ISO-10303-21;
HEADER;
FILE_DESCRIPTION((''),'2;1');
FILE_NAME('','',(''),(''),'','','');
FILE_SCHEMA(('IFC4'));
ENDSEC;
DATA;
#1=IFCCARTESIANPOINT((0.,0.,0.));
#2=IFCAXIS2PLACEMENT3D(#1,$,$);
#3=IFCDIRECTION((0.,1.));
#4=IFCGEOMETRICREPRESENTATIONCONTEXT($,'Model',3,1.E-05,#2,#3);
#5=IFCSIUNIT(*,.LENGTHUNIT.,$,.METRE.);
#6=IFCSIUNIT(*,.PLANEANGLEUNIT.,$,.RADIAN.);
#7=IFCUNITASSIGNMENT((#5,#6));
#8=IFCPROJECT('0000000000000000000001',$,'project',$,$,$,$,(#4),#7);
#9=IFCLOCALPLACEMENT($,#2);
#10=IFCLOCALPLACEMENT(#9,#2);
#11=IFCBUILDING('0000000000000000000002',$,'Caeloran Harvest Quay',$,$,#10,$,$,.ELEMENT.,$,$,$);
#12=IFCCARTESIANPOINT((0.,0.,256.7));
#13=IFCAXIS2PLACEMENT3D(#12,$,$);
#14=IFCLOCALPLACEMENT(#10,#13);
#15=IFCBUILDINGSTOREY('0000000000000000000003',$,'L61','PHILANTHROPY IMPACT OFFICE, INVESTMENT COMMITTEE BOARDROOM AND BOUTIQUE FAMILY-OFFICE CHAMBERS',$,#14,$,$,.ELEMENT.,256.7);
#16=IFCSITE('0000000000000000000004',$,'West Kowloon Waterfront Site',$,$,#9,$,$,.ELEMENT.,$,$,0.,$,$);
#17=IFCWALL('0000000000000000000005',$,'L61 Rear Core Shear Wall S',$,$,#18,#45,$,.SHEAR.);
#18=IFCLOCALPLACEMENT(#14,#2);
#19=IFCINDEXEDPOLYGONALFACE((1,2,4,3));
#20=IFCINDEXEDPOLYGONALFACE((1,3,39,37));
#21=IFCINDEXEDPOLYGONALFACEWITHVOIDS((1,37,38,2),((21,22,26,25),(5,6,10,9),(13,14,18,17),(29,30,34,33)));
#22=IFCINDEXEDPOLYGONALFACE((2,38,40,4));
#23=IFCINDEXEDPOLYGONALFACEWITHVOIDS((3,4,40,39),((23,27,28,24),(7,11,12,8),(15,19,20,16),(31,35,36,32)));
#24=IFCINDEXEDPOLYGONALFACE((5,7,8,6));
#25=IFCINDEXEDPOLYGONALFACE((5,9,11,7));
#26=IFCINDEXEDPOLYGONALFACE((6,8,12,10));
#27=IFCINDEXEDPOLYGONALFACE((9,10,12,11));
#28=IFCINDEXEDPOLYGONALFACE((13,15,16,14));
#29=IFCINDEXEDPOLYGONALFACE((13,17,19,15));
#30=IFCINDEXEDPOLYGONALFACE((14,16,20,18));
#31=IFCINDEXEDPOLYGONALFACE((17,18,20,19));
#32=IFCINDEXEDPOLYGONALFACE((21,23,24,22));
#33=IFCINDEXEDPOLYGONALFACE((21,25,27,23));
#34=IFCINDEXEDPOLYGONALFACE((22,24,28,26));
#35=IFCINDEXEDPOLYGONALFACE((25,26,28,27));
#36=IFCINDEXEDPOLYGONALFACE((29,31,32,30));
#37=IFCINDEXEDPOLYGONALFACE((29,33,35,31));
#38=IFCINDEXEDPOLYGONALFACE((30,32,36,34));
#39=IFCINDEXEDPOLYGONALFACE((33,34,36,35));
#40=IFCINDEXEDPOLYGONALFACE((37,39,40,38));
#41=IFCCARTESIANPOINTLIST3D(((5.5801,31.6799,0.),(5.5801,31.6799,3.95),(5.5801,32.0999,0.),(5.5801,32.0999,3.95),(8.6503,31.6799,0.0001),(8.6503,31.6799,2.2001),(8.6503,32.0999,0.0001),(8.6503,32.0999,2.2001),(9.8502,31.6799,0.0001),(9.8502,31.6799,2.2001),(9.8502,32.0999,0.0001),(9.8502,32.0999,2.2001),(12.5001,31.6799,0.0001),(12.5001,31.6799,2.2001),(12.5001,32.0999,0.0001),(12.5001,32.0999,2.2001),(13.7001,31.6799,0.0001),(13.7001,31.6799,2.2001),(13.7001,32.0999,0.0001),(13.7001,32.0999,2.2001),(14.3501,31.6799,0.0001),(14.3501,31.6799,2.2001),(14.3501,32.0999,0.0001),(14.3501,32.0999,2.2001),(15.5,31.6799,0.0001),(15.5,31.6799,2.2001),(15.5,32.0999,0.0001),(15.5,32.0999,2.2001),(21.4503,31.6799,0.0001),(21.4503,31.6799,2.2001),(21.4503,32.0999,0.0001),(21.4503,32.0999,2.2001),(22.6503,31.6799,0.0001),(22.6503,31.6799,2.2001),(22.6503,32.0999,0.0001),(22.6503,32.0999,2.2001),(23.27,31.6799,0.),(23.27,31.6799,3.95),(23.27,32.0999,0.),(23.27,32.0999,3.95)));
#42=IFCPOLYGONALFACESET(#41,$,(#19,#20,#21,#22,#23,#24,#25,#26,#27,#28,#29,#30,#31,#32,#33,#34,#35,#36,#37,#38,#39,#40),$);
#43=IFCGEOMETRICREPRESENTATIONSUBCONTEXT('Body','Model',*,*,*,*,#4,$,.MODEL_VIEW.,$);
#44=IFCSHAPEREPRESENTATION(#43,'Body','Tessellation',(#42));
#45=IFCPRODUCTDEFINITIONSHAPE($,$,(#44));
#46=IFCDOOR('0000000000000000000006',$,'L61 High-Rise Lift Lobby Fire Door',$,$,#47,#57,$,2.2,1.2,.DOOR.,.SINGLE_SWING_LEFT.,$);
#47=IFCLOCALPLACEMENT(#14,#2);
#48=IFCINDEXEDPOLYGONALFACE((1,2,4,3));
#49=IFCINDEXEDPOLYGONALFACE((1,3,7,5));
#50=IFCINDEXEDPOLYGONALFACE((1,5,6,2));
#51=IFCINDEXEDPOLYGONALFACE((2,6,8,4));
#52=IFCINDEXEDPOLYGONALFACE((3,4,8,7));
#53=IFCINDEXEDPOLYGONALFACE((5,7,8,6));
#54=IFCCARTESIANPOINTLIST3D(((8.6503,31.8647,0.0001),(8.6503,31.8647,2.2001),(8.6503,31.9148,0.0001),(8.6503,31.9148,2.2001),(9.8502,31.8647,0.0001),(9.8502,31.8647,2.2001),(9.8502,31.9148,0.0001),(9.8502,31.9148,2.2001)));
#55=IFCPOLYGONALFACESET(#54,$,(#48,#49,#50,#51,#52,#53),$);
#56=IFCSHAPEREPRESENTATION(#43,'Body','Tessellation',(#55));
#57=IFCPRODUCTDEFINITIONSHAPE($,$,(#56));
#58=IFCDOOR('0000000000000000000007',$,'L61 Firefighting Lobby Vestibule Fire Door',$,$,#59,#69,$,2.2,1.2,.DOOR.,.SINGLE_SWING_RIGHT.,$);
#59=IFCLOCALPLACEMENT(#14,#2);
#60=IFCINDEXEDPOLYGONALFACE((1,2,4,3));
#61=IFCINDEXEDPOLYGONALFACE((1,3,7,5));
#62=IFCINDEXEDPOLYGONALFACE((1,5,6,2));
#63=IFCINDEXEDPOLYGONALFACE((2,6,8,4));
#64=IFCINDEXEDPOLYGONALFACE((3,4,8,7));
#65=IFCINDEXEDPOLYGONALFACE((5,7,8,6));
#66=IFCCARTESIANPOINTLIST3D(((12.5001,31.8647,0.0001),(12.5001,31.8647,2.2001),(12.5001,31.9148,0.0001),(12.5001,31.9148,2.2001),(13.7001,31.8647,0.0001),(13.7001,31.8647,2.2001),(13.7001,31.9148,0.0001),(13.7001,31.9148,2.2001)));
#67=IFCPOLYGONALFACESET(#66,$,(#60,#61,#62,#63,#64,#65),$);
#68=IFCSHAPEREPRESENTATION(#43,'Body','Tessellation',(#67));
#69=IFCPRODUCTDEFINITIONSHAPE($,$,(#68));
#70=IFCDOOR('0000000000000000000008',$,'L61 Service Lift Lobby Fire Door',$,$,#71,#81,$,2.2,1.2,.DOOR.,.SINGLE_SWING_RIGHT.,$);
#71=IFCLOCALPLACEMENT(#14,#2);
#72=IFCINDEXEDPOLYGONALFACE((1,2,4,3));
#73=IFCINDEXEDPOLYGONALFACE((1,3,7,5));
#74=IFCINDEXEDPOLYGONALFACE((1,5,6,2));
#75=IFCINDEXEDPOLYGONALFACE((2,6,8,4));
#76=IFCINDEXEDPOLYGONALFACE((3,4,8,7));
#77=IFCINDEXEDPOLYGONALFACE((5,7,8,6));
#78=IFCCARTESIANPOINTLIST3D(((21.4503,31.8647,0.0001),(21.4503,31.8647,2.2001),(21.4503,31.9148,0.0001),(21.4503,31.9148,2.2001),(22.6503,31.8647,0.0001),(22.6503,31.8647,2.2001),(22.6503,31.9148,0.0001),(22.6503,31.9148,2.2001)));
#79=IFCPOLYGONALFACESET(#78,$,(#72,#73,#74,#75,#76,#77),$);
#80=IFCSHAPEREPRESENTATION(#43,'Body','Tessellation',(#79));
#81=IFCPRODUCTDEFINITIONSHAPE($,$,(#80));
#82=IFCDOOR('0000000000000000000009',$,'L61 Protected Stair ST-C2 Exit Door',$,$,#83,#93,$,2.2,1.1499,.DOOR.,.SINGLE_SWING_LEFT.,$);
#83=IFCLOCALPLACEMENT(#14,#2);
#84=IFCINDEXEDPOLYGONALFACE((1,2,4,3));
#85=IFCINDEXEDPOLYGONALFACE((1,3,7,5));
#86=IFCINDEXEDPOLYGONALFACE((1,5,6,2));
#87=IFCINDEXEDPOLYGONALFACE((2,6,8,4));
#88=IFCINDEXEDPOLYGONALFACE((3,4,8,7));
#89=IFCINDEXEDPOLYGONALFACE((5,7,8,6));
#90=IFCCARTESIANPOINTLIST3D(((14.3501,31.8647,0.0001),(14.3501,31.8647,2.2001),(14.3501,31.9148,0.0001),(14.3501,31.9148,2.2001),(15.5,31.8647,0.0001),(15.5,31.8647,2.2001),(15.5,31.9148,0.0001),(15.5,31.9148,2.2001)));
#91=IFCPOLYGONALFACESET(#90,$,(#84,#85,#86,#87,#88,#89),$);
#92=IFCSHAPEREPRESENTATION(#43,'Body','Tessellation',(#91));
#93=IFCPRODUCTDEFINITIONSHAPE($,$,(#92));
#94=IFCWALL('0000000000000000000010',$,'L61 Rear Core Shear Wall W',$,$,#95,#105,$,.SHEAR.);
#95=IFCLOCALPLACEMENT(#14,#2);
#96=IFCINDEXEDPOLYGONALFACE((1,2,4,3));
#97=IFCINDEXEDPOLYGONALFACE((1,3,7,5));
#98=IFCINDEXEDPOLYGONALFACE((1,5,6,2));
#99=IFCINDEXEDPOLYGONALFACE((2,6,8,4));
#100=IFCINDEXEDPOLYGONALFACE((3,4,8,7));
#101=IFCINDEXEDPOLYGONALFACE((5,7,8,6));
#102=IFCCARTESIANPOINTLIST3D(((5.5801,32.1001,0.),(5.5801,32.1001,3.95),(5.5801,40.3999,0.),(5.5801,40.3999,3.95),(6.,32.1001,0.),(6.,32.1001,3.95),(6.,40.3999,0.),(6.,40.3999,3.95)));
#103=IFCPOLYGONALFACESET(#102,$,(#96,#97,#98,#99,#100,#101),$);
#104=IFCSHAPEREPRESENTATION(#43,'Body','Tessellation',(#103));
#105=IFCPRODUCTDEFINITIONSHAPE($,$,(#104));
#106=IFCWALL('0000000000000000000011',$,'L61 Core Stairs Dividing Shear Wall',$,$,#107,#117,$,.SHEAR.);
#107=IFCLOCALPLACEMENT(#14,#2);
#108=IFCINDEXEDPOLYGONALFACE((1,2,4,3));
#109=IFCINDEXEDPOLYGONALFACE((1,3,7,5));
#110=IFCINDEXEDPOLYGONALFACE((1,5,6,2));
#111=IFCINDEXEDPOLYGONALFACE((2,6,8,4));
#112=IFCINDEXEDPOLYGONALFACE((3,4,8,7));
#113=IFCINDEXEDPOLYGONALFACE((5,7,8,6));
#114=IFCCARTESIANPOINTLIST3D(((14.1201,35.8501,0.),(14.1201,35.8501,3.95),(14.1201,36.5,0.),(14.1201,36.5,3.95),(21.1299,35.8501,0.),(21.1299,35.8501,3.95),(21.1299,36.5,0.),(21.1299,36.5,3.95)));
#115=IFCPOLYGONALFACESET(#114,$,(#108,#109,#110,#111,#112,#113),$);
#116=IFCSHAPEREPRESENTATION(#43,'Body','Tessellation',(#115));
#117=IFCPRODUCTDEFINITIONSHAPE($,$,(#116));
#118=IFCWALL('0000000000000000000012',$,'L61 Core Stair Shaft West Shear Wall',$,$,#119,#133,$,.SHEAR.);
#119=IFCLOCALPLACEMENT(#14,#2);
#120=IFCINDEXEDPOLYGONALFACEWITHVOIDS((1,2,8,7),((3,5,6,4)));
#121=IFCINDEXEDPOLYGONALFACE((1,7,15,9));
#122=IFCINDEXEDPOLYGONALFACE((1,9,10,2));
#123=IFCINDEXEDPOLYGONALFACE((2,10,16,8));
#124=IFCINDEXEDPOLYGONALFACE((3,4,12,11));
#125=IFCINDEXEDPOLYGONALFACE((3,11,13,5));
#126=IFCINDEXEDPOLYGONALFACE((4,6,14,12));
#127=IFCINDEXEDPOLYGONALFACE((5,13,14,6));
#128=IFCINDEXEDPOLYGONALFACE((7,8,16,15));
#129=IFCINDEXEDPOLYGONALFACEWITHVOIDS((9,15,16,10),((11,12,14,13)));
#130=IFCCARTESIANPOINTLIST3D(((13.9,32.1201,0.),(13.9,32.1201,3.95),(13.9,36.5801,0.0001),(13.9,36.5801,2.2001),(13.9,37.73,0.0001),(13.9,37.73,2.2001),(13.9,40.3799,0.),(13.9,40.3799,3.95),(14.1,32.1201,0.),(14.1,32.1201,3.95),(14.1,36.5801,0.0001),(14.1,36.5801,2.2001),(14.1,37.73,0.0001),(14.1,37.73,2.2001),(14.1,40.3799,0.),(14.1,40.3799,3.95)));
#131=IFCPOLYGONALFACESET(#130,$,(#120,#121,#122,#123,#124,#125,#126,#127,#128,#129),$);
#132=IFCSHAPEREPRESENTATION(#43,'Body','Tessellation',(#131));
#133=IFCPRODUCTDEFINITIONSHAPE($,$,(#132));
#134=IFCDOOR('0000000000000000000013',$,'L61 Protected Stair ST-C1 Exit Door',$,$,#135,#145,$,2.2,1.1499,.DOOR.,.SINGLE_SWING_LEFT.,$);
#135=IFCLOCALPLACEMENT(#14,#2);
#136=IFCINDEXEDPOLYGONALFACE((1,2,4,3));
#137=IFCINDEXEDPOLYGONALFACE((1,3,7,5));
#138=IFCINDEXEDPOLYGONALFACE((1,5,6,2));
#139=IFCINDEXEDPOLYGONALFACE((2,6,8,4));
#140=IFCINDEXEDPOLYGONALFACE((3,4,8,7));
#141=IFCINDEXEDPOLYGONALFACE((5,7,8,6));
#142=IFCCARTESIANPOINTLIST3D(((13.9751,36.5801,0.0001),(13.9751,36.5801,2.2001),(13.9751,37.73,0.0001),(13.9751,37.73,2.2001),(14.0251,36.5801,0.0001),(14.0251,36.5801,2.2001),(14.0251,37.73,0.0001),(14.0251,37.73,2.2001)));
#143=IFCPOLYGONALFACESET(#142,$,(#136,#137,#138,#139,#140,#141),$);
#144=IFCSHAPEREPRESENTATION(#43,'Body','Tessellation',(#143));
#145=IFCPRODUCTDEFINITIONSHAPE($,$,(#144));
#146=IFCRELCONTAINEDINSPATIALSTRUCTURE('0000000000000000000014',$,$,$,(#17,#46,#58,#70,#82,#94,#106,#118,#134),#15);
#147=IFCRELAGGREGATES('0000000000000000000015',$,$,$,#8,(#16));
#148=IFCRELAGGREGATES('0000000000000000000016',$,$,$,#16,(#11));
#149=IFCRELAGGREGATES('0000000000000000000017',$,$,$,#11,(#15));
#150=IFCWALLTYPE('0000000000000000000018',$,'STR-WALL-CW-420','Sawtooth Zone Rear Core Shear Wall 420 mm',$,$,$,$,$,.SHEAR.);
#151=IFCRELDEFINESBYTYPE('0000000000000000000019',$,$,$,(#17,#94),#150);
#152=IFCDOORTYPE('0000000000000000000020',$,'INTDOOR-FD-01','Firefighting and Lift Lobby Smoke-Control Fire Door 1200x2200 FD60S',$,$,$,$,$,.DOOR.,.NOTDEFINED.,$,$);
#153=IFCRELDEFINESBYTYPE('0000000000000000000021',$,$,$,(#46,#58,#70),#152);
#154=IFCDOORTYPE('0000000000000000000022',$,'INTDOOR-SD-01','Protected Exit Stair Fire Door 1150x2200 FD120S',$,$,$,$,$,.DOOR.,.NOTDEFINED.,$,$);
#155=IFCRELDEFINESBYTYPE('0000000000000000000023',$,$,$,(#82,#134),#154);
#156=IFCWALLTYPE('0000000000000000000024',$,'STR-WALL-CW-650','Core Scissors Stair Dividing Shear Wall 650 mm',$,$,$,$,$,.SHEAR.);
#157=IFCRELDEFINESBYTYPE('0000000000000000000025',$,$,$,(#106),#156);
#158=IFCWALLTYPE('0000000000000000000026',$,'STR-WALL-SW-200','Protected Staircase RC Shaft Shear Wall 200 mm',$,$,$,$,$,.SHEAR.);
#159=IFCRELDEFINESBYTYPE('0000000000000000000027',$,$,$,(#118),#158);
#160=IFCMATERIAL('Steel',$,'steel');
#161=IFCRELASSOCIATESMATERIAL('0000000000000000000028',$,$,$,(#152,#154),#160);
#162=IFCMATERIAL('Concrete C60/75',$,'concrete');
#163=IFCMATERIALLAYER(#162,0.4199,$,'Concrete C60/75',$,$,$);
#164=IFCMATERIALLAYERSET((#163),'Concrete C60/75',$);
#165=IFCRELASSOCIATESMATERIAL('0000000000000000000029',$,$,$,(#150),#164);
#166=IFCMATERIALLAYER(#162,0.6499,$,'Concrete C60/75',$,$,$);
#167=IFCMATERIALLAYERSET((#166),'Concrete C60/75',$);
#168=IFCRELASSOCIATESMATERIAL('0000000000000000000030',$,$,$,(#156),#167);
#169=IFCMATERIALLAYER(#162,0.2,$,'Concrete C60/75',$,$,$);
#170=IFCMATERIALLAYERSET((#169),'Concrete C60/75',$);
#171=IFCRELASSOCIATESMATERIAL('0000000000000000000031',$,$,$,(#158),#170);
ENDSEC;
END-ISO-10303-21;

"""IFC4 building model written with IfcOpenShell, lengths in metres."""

from ifc_helpers import new_model, si_unit, direction, frame, frame_2d, origin, place, context, subcontext, project, spatial, rectangle, extrude, material, layer, layer_set, type_object, element, fill, save


model = new_model("IFC4")

# Units and contexts
model_context = context("Model", 3, precision=1e-05, world=origin(), true_north=direction((0.0, 1.0)))
body_context = subcontext(model_context, "Body", "Model", "MODEL_VIEW")
ifc_project = project(units=[si_unit("LENGTHUNIT", "METRE"), si_unit("PLANEANGLEUNIT", "RADIAN")], contexts=[model_context])

# Site, building, storey
site_placement = place(None, origin())
site = spatial("IfcSite", under=ifc_project, at=site_placement, Name="West Kowloon Waterfront Site", CompositionType="ELEMENT", RefElevation=0.0)
building_placement = place(site_placement, origin())
building = spatial("IfcBuilding", under=site, at=building_placement, Name="Caeloran Harvest Quay", CompositionType="ELEMENT")
storey_placement = place(building_placement, frame((0.0, 0.0, 256.7)))
storey = spatial("IfcBuildingStorey", under=building, at=storey_placement, Name="L61", Description="PHILANTHROPY IMPACT OFFICE, INVESTMENT COMMITTEE BOARDROOM AND BOUTIQUE FAMILY-OFFICE CHAMBERS", CompositionType="ELEMENT", Elevation=256.7)

# Shared definitions
ifc_material_1 = material(Name="Concrete C60/75", Category="concrete")

# Shared definitions
ifc_material_2 = material(Name="Steel", Category="steel")
door_type_1 = type_object("IfcDoorType", Name="INTDOOR-FD-01", Description="Firefighting and Lift Lobby Smoke-Control Fire Door 1200x2200 FD60S", OperationType="NOTDEFINED", PredefinedType="DOOR", material=ifc_material_2)

# Wall, openings, doors
ifc_layer_1 = layer(ifc_material_1, 0.4199, Name="Concrete C60/75")
ifc_layer_set_1 = layer_set([ifc_layer_1], Name="Concrete C60/75")
wall_type_1 = type_object("IfcWallType", Name="STR-WALL-CW-420", Description="Sawtooth Zone Rear Core Shear Wall 420 mm", PredefinedType="SHEAR", material=ifc_layer_set_1)
wall_1_placement = place(storey_placement, frame((5.5801, 31.8899, 0.0), z_axis=(0.0, 0.0, 1.0), x_axis=(1.0, 0.0, 0.0)))
wall_1 = element("IfcWall", 1, at=wall_1_placement, inside=storey, type_object=wall_type_1, Name="L61 Rear Core Shear Wall S", PredefinedType="SHEAR", context=body_context, shape_type="SweptSolid", body=[
    extrude(rectangle(XDim=17.6899, YDim=0.4199, at=frame_2d((8.845, 0.0))), origin(), (0.0, 0.0, 1.0), 3.95),
])
opening_1_placement = place(wall_1_placement, frame((3.0701, 0.0, 0.0)))
opening_1 = element("IfcOpeningElement", 2, at=opening_1_placement, cuts=wall_1, PredefinedType="OPENING", context=body_context, shape_type="SweptSolid", body=[
    extrude(rectangle(XDim=1.2, YDim=2.2, at=frame_2d((0.6001, 1.1001))), frame((0.0, 0.22, 0.0), z_axis=(0.0, -1.0, 0.0), x_axis=(1.0, 0.0, 0.0)), (0.0, 0.0, 1.0), 0.4399),
])
opening_2_placement = place(wall_1_placement, frame((6.9199, 0.0, 0.0)))
opening_2 = element("IfcOpeningElement", 3, at=opening_2_placement, cuts=wall_1, PredefinedType="OPENING", context=body_context, shape_type="SweptSolid", body=[
    extrude(rectangle(XDim=1.2, YDim=2.2, at=frame_2d((0.6001, 1.1001))), frame((0.0, 0.22, 0.0), z_axis=(0.0, -1.0, 0.0), x_axis=(1.0, 0.0, 0.0)), (0.0, 0.0, 1.0), 0.4399),
])
opening_3_placement = place(wall_1_placement, frame((8.77, 0.0, 0.0)))
opening_3 = element("IfcOpeningElement", 4, at=opening_3_placement, cuts=wall_1, PredefinedType="OPENING", context=body_context, shape_type="SweptSolid", body=[
    extrude(rectangle(XDim=1.1499, YDim=2.2, at=frame_2d((0.575, 1.1001))), frame((0.0, 0.22, 0.0), z_axis=(0.0, -1.0, 0.0), x_axis=(1.0, 0.0, 0.0)), (0.0, 0.0, 1.0), 0.4399),
])
opening_4_placement = place(wall_1_placement, frame((15.8701, 0.0, 0.0)))
opening_4 = element("IfcOpeningElement", 5, at=opening_4_placement, cuts=wall_1, PredefinedType="OPENING", context=body_context, shape_type="SweptSolid", body=[
    extrude(rectangle(XDim=1.2, YDim=2.2, at=frame_2d((0.6001, 1.1001))), frame((0.0, 0.22, 0.0), z_axis=(0.0, -1.0, 0.0), x_axis=(1.0, 0.0, 0.0)), (0.0, 0.0, 1.0), 0.4399),
])
door_1_placement = place(opening_1_placement, origin())
door_1 = element("IfcDoor", 6, at=door_1_placement, inside=storey, type_object=door_type_1, Name="L61 High-Rise Lift Lobby Fire Door", OperationType="SINGLE_SWING_LEFT", OverallHeight=2.2, OverallWidth=1.2, PredefinedType="DOOR", context=body_context, shape_type="SweptSolid", body=[
    extrude(rectangle(XDim=1.2, YDim=2.2, at=frame_2d((0.6001, 1.1001))), frame((0.0, 0.0249, 0.0), z_axis=(0.0, -1.0, 0.0), x_axis=(1.0, 0.0, 0.0)), (0.0, 0.0, 1.0), 0.05),
])
fill(opening_1, door_1)
door_2_placement = place(opening_2_placement, origin())
door_2 = element("IfcDoor", 7, at=door_2_placement, inside=storey, type_object=door_type_1, Name="L61 Firefighting Lobby Vestibule Fire Door", OperationType="SINGLE_SWING_RIGHT", OverallHeight=2.2, OverallWidth=1.2, PredefinedType="DOOR", context=body_context, shape_type="SweptSolid", body=[
    extrude(rectangle(XDim=1.2, YDim=2.2, at=frame_2d((0.6001, 1.1001))), frame((0.0, 0.0249, 0.0), z_axis=(0.0, -1.0, 0.0), x_axis=(1.0, 0.0, 0.0)), (0.0, 0.0, 1.0), 0.05),
])
fill(opening_2, door_2)
door_3_placement = place(opening_4_placement, origin())
door_3 = element("IfcDoor", 8, at=door_3_placement, inside=storey, type_object=door_type_1, Name="L61 Service Lift Lobby Fire Door", OperationType="SINGLE_SWING_RIGHT", OverallHeight=2.2, OverallWidth=1.2, PredefinedType="DOOR", context=body_context, shape_type="SweptSolid", body=[
    extrude(rectangle(XDim=1.2, YDim=2.2, at=frame_2d((0.6001, 1.1001))), frame((0.0, 0.0249, 0.0), z_axis=(0.0, -1.0, 0.0), x_axis=(1.0, 0.0, 0.0)), (0.0, 0.0, 1.0), 0.05),
])
fill(opening_4, door_3)
door_type_2 = type_object("IfcDoorType", Name="INTDOOR-SD-01", Description="Protected Exit Stair Fire Door 1150x2200 FD120S", OperationType="NOTDEFINED", PredefinedType="DOOR", material=ifc_material_2)
door_4_placement = place(opening_3_placement, origin())
door_4 = element("IfcDoor", 9, at=door_4_placement, inside=storey, type_object=door_type_2, Name="L61 Protected Stair ST-C2 Exit Door", OperationType="SINGLE_SWING_LEFT", OverallHeight=2.2, OverallWidth=1.1499, PredefinedType="DOOR", context=body_context, shape_type="SweptSolid", body=[
    extrude(rectangle(XDim=1.1499, YDim=2.2, at=frame_2d((0.575, 1.1001))), frame((0.0, 0.0249, 0.0), z_axis=(0.0, -1.0, 0.0), x_axis=(1.0, 0.0, 0.0)), (0.0, 0.0, 1.0), 0.05),
])
fill(opening_3, door_4)

# Walls
wall_2_placement = place(storey_placement, frame((5.79, 32.1001, 0.0), z_axis=(0.0, 0.0, 1.0), x_axis=(0.0, 1.0, 0.0)))
element("IfcWall", 10, at=wall_2_placement, inside=storey, type_object=wall_type_1, Name="L61 Rear Core Shear Wall W", PredefinedType="SHEAR", context=body_context, shape_type="SweptSolid", body=[
    extrude(rectangle(XDim=8.2998, YDim=0.4199, at=frame_2d((4.1499, 0.0))), origin(), (0.0, 0.0, 1.0), 3.95),
])
ifc_layer_2 = layer(ifc_material_1, 0.6499, Name="Concrete C60/75")
ifc_layer_set_2 = layer_set([ifc_layer_2], Name="Concrete C60/75")
wall_type_2 = type_object("IfcWallType", Name="STR-WALL-CW-650", Description="Core Scissors Stair Dividing Shear Wall 650 mm", PredefinedType="SHEAR", material=ifc_layer_set_2)
wall_3_placement = place(storey_placement, frame((14.1201, 36.175, 0.0), z_axis=(0.0, 0.0, 1.0), x_axis=(1.0, 0.0, 0.0)))
element("IfcWall", 11, at=wall_3_placement, inside=storey, type_object=wall_type_2, Name="L61 Core Stairs Dividing Shear Wall", PredefinedType="SHEAR", context=body_context, shape_type="SweptSolid", body=[
    extrude(rectangle(XDim=7.0098, YDim=0.6499, at=frame_2d((3.5049, 0.0))), origin(), (0.0, 0.0, 1.0), 3.95),
])

# Wall, opening, door
ifc_layer_3 = layer(ifc_material_1, 0.2, Name="Concrete C60/75")
ifc_layer_set_3 = layer_set([ifc_layer_3], Name="Concrete C60/75")
wall_type_3 = type_object("IfcWallType", Name="STR-WALL-SW-200", Description="Protected Staircase RC Shaft Shear Wall 200 mm", PredefinedType="SHEAR", material=ifc_layer_set_3)
wall_4_placement = place(storey_placement, frame((14.0, 32.1201, 0.0), z_axis=(0.0, 0.0, 1.0), x_axis=(0.0, 1.0, 0.0)))
wall_4 = element("IfcWall", 12, at=wall_4_placement, inside=storey, type_object=wall_type_3, Name="L61 Core Stair Shaft West Shear Wall", PredefinedType="SHEAR", context=body_context, shape_type="SweptSolid", body=[
    extrude(rectangle(XDim=8.2598, YDim=0.2, at=frame_2d((4.1299, 0.0))), origin(), (0.0, 0.0, 1.0), 3.95),
])
opening_5_placement = place(wall_4_placement, frame((4.46, 0.0, 0.0)))
opening_5 = element("IfcOpeningElement", 13, at=opening_5_placement, cuts=wall_4, PredefinedType="OPENING", context=body_context, shape_type="SweptSolid", body=[
    extrude(rectangle(XDim=1.1499, YDim=2.2, at=frame_2d((0.575, 1.1001))), frame((0.0, 0.1099, 0.0), z_axis=(0.0, -1.0, 0.0), x_axis=(1.0, 0.0, 0.0)), (0.0, 0.0, 1.0), 0.22),
])
door_5_placement = place(opening_5_placement, origin())
door_5 = element("IfcDoor", 14, at=door_5_placement, inside=storey, type_object=door_type_2, Name="L61 Protected Stair ST-C1 Exit Door", OperationType="SINGLE_SWING_LEFT", OverallHeight=2.2, OverallWidth=1.1499, PredefinedType="DOOR", context=body_context, shape_type="SweptSolid", body=[
    extrude(rectangle(XDim=1.1499, YDim=2.2, at=frame_2d((0.575, 1.1001))), frame((0.0, 0.0249, 0.0), z_axis=(0.0, -1.0, 0.0), x_axis=(1.0, 0.0, 0.0)), (0.0, 0.0, 1.0), 0.05),
])
fill(opening_5, door_5)

save(model, "model.ifc")
